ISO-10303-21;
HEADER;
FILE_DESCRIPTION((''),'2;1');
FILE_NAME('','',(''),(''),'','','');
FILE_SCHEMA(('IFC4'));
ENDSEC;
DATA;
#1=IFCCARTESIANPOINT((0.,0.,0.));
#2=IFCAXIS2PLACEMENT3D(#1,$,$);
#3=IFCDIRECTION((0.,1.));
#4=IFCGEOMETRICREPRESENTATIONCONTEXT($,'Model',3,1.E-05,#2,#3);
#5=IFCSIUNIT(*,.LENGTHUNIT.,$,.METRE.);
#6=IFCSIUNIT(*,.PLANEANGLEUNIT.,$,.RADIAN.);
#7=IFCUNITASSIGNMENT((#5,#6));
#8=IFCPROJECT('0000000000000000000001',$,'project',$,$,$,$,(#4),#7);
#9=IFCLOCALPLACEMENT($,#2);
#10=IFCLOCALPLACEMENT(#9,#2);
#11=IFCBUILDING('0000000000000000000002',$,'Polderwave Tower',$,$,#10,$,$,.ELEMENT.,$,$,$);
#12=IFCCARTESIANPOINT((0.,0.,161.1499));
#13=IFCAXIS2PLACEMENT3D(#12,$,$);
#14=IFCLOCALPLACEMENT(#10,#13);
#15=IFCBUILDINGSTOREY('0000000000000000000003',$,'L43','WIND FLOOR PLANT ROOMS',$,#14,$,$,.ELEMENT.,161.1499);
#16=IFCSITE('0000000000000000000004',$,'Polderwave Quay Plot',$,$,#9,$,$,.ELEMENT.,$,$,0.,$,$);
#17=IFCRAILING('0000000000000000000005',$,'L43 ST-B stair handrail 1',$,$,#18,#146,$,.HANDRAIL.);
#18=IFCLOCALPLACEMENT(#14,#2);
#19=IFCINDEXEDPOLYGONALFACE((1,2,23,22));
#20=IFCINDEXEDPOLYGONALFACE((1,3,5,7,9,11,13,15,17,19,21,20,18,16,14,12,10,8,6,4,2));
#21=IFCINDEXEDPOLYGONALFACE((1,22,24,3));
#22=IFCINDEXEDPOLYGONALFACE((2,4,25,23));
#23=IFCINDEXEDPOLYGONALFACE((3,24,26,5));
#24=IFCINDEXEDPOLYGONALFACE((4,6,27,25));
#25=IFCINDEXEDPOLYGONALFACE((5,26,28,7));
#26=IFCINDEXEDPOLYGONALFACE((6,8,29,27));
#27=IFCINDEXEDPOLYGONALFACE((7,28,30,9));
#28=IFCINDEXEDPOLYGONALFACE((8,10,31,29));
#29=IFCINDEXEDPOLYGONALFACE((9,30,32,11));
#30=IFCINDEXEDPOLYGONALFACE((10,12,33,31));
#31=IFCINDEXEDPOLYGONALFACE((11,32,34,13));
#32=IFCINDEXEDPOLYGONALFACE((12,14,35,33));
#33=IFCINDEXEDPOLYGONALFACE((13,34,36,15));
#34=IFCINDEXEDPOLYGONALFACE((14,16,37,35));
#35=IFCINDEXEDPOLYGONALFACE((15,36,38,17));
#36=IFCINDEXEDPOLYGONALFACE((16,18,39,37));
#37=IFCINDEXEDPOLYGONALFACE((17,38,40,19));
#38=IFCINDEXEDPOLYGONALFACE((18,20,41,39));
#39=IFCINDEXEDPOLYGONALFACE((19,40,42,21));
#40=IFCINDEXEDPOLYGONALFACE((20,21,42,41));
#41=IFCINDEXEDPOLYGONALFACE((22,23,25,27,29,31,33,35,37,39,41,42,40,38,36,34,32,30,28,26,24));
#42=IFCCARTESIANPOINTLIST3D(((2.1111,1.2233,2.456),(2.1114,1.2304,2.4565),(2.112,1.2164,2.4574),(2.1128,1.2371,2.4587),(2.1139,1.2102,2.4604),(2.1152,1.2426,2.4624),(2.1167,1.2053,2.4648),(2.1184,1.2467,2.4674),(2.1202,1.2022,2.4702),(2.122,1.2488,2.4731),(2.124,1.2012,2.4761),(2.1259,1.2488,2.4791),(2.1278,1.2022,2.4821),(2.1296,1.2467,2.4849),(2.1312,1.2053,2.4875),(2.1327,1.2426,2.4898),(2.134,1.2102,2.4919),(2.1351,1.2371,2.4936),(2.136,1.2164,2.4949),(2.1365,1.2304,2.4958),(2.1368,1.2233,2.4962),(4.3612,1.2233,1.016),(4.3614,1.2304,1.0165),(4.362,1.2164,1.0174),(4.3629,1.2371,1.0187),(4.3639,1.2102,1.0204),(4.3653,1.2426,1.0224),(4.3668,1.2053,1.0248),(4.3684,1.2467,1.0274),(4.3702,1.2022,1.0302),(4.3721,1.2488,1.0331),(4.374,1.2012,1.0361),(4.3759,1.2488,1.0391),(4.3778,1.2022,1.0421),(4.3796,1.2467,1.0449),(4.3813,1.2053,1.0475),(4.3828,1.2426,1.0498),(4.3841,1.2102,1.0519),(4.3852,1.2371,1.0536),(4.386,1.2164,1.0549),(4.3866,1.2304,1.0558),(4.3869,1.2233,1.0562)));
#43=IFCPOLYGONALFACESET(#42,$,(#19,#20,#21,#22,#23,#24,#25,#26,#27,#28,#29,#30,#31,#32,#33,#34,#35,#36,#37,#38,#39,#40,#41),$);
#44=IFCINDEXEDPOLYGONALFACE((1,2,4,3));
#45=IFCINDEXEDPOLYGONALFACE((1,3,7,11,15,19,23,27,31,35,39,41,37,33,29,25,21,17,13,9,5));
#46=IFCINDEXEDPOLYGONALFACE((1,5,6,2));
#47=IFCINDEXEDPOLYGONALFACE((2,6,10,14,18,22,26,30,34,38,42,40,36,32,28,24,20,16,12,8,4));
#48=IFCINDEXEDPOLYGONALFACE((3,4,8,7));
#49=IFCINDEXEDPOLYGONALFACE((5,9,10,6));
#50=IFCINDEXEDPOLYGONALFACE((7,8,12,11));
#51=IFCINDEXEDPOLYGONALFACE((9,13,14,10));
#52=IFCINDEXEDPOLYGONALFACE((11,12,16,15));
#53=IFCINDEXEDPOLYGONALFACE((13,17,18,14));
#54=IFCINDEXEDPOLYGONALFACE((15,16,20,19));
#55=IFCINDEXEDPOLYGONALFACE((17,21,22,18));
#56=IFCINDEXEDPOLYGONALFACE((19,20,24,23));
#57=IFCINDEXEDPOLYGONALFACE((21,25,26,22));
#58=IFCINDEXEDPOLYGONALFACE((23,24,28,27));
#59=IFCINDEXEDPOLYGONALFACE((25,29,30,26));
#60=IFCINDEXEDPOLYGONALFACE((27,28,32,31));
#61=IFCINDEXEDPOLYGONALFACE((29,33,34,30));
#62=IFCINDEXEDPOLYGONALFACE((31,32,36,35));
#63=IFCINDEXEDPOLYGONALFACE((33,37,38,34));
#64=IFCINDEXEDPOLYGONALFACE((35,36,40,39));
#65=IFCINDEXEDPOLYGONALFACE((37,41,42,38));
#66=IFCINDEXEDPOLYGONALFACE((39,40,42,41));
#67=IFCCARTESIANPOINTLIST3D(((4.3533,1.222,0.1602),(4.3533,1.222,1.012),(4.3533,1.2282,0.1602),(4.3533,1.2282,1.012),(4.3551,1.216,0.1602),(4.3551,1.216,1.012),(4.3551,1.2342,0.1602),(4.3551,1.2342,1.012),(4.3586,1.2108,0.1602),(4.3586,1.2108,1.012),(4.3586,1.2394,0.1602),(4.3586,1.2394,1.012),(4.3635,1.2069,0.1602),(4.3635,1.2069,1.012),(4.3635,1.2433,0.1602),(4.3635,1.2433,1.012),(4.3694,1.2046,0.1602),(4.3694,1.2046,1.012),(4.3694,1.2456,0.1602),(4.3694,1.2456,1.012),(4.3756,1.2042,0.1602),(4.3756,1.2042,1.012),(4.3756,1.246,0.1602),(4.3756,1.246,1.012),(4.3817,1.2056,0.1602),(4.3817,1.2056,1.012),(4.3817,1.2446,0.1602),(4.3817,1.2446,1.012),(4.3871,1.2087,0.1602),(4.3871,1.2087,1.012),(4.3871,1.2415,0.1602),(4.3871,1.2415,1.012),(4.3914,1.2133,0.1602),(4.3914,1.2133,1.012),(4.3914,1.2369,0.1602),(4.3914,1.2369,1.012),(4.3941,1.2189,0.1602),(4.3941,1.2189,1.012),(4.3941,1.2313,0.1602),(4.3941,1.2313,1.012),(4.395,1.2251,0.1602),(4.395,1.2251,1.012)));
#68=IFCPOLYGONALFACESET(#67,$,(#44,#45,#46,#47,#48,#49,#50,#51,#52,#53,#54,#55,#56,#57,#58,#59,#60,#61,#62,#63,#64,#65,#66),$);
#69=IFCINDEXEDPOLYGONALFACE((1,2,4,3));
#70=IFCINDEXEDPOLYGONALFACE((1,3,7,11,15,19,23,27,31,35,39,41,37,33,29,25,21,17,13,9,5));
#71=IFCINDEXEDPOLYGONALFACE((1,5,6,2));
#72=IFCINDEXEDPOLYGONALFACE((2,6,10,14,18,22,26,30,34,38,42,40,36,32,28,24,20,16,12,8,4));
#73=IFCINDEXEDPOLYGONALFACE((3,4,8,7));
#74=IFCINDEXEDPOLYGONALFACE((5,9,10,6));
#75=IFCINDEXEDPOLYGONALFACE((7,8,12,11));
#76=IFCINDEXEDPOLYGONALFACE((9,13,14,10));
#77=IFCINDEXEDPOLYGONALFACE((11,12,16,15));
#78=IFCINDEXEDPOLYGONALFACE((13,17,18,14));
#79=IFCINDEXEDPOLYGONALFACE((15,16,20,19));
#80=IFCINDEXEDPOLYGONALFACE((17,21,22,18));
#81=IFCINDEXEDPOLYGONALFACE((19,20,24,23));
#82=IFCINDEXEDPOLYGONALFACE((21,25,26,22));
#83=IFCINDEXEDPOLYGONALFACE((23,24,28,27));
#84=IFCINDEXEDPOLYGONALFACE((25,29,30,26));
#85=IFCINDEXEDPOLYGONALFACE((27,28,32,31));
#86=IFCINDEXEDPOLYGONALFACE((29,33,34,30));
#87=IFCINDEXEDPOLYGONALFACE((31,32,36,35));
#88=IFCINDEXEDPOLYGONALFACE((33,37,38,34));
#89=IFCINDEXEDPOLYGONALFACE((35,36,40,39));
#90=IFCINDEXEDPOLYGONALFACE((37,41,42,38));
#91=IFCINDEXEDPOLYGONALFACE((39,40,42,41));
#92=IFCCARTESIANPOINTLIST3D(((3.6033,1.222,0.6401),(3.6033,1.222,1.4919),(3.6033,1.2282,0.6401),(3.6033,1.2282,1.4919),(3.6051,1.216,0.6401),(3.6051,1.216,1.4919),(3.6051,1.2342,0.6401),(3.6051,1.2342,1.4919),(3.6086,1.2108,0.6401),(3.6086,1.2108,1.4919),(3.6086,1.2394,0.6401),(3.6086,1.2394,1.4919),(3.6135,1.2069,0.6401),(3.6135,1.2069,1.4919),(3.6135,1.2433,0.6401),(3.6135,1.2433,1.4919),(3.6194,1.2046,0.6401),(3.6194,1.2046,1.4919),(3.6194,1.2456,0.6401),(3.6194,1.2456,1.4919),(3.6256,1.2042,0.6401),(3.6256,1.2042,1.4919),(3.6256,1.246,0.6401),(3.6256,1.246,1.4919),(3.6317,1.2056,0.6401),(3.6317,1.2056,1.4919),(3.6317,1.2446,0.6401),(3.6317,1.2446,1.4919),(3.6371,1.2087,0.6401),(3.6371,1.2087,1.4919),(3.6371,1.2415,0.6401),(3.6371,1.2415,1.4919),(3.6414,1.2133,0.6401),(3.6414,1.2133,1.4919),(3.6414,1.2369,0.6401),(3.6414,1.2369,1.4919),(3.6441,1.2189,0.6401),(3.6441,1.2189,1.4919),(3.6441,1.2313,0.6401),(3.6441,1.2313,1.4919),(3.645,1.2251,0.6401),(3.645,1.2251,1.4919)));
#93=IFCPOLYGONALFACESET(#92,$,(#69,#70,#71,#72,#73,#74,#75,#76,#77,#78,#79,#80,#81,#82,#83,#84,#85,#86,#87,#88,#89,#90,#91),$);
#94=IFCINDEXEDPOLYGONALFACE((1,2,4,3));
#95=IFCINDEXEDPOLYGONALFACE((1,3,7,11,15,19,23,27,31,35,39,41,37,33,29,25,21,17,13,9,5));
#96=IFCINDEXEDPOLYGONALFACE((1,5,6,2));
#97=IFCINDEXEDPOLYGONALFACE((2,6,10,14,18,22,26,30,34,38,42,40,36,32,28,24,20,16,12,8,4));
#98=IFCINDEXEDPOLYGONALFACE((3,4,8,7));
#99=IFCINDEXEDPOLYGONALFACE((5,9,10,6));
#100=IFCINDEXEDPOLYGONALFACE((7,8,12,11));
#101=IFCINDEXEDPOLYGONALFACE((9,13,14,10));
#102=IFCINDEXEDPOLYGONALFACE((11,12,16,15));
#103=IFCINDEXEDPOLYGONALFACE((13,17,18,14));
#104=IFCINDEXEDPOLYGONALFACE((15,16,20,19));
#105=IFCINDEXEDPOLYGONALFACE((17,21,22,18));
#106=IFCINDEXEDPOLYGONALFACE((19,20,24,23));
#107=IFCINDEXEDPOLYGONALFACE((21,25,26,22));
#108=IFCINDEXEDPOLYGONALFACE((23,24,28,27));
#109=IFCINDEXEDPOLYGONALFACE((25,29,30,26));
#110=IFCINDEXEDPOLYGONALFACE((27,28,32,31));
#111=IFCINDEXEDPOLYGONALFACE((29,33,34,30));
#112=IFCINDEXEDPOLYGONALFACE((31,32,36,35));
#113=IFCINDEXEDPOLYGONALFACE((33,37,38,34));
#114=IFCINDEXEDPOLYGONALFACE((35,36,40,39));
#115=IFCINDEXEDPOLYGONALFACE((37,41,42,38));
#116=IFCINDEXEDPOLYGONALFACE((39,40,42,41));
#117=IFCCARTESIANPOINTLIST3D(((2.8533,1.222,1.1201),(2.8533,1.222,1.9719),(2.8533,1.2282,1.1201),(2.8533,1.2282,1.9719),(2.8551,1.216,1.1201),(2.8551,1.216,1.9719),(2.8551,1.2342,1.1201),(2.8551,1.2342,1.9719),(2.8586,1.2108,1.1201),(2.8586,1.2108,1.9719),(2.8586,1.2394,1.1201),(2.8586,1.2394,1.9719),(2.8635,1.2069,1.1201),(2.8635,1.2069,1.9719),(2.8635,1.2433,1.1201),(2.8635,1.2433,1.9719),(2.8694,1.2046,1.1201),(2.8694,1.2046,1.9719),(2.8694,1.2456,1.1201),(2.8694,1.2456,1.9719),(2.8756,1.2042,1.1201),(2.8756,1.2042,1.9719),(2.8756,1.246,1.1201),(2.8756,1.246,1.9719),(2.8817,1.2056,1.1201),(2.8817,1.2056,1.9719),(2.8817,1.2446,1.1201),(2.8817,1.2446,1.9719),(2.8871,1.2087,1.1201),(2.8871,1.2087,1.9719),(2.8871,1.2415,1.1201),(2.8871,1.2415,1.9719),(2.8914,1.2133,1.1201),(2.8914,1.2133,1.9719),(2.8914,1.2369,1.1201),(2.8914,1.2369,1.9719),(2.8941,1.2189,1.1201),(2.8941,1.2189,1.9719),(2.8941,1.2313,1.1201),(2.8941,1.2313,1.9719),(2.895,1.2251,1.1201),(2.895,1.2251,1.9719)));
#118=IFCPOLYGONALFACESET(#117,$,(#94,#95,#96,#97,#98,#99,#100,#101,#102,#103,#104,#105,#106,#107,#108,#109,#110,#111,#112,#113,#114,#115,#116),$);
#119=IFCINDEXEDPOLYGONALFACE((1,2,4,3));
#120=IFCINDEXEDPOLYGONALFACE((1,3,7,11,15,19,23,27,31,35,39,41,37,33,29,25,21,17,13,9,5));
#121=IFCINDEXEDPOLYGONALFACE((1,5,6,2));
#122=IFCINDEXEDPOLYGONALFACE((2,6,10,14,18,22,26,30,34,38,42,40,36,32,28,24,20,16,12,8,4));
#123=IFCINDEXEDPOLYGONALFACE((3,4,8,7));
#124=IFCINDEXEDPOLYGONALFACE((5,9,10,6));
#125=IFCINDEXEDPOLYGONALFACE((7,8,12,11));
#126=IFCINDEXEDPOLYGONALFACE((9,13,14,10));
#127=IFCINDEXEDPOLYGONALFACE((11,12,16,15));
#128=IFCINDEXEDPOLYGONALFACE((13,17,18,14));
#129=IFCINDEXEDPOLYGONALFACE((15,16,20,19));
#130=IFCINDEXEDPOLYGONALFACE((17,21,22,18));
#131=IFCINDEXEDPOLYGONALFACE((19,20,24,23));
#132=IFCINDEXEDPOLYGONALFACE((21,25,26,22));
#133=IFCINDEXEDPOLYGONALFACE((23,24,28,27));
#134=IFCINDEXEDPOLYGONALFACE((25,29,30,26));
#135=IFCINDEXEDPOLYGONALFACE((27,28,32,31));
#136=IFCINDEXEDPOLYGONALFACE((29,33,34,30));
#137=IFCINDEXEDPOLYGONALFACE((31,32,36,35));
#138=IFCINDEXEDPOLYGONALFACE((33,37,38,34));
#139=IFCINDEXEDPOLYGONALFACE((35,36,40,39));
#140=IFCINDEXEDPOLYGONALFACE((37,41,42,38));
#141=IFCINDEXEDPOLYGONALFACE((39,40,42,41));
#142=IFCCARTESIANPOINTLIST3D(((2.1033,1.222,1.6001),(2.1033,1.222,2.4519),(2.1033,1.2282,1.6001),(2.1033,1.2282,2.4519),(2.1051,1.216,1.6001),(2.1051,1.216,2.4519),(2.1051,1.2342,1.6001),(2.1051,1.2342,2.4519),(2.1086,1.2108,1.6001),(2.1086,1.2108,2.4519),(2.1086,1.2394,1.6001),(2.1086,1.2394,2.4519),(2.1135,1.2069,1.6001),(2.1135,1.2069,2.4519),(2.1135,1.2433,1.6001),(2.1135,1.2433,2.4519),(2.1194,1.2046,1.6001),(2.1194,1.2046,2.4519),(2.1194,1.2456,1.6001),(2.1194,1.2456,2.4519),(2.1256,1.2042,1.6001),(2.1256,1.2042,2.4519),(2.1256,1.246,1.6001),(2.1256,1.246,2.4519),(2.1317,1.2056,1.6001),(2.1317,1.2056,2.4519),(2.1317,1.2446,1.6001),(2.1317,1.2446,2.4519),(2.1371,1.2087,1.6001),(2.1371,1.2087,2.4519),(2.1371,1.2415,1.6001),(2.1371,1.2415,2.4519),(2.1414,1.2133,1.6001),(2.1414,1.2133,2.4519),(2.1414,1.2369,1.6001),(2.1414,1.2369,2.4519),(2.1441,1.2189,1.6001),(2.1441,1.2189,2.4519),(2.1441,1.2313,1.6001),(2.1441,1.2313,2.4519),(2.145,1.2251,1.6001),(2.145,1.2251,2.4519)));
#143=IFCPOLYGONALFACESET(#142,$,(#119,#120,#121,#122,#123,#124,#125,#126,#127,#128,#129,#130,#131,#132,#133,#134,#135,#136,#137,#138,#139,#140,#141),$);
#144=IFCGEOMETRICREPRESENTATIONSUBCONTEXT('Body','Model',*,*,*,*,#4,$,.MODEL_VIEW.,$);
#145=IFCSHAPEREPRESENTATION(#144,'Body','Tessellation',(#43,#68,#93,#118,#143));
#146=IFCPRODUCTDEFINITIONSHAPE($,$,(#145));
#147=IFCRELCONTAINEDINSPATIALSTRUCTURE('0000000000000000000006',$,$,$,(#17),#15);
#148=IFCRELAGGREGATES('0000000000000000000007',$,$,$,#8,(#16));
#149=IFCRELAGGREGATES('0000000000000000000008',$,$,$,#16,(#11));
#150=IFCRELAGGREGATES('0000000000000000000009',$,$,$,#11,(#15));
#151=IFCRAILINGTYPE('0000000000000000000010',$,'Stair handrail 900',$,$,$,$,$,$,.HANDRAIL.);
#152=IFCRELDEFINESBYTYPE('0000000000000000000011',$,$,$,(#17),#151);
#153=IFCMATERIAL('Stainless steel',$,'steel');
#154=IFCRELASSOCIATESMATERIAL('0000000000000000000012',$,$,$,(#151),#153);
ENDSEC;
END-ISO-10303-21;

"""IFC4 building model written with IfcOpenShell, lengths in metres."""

from ifc_helpers import new_model, si_unit, direction, frame, origin, origin_2d, place, context, subcontext, project, spatial, circle, extrude, material, type_object, element, save


model = new_model("IFC4")

# Units and contexts
model_context = context("Model", 3, precision=1e-05, world=origin(), true_north=direction((0.0, 1.0)))
body_context = subcontext(model_context, "Body", "Model", "MODEL_VIEW")
ifc_project = project(units=[si_unit("LENGTHUNIT", "METRE"), si_unit("PLANEANGLEUNIT", "RADIAN")], contexts=[model_context])

# Site, building, storey
site_placement = place(None, origin())
site = spatial("IfcSite", under=ifc_project, at=site_placement, Name="Polderwave Quay Plot", CompositionType="ELEMENT", RefElevation=0.0)
building_placement = place(site_placement, origin())
building = spatial("IfcBuilding", under=site, at=building_placement, Name="Polderwave Tower", CompositionType="ELEMENT")
storey_placement = place(building_placement, frame((0.0, 0.0, 161.1499)))
storey = spatial("IfcBuildingStorey", under=building, at=storey_placement, Name="L43", Description="WIND FLOOR PLANT ROOMS", CompositionType="ELEMENT", Elevation=161.1499)

# Railing
ifc_material_1 = material(Name="Stainless steel", Category="steel")
railing_type_1 = type_object("IfcRailingType", Name="Stair handrail 900", PredefinedType="HANDRAIL", material=ifc_material_1)
for number, where, name in (
    (1, (4.374, 1.2251, 0.1602), "L43 ST-B stair handrail 1"),
):
    element("IfcRailing", number, at=place(storey_placement, frame(where)), inside=storey, type_object=railing_type_1, Name=name, PredefinedType="HANDRAIL", context=body_context, shape_type="SweptSolid", body=[
        extrude(circle(Radius=0.0239, at=origin_2d()), frame((0.0, 0.0, 0.876), z_axis=(-0.842281, 0.0, 0.539038), x_axis=(0.0, -1.0, 0.0)), (0.0, 0.0, 1.0), 2.6714),
        extrude(circle(Radius=0.021, at=origin_2d()), origin(), (0.0, 0.0, 1.0), 0.8518),
        extrude(circle(Radius=0.021, at=origin_2d()), frame((-0.75, 0.0, 0.48)), (0.0, 0.0, 1.0), 0.8518),
        extrude(circle(Radius=0.021, at=origin_2d()), frame((-1.5, 0.0, 0.96)), (0.0, 0.0, 1.0), 0.8518),
        extrude(circle(Radius=0.021, at=origin_2d()), frame((-2.25, 0.0, 1.4399)), (0.0, 0.0, 1.0), 0.8518),
    ])

save(model, "model.ifc")
